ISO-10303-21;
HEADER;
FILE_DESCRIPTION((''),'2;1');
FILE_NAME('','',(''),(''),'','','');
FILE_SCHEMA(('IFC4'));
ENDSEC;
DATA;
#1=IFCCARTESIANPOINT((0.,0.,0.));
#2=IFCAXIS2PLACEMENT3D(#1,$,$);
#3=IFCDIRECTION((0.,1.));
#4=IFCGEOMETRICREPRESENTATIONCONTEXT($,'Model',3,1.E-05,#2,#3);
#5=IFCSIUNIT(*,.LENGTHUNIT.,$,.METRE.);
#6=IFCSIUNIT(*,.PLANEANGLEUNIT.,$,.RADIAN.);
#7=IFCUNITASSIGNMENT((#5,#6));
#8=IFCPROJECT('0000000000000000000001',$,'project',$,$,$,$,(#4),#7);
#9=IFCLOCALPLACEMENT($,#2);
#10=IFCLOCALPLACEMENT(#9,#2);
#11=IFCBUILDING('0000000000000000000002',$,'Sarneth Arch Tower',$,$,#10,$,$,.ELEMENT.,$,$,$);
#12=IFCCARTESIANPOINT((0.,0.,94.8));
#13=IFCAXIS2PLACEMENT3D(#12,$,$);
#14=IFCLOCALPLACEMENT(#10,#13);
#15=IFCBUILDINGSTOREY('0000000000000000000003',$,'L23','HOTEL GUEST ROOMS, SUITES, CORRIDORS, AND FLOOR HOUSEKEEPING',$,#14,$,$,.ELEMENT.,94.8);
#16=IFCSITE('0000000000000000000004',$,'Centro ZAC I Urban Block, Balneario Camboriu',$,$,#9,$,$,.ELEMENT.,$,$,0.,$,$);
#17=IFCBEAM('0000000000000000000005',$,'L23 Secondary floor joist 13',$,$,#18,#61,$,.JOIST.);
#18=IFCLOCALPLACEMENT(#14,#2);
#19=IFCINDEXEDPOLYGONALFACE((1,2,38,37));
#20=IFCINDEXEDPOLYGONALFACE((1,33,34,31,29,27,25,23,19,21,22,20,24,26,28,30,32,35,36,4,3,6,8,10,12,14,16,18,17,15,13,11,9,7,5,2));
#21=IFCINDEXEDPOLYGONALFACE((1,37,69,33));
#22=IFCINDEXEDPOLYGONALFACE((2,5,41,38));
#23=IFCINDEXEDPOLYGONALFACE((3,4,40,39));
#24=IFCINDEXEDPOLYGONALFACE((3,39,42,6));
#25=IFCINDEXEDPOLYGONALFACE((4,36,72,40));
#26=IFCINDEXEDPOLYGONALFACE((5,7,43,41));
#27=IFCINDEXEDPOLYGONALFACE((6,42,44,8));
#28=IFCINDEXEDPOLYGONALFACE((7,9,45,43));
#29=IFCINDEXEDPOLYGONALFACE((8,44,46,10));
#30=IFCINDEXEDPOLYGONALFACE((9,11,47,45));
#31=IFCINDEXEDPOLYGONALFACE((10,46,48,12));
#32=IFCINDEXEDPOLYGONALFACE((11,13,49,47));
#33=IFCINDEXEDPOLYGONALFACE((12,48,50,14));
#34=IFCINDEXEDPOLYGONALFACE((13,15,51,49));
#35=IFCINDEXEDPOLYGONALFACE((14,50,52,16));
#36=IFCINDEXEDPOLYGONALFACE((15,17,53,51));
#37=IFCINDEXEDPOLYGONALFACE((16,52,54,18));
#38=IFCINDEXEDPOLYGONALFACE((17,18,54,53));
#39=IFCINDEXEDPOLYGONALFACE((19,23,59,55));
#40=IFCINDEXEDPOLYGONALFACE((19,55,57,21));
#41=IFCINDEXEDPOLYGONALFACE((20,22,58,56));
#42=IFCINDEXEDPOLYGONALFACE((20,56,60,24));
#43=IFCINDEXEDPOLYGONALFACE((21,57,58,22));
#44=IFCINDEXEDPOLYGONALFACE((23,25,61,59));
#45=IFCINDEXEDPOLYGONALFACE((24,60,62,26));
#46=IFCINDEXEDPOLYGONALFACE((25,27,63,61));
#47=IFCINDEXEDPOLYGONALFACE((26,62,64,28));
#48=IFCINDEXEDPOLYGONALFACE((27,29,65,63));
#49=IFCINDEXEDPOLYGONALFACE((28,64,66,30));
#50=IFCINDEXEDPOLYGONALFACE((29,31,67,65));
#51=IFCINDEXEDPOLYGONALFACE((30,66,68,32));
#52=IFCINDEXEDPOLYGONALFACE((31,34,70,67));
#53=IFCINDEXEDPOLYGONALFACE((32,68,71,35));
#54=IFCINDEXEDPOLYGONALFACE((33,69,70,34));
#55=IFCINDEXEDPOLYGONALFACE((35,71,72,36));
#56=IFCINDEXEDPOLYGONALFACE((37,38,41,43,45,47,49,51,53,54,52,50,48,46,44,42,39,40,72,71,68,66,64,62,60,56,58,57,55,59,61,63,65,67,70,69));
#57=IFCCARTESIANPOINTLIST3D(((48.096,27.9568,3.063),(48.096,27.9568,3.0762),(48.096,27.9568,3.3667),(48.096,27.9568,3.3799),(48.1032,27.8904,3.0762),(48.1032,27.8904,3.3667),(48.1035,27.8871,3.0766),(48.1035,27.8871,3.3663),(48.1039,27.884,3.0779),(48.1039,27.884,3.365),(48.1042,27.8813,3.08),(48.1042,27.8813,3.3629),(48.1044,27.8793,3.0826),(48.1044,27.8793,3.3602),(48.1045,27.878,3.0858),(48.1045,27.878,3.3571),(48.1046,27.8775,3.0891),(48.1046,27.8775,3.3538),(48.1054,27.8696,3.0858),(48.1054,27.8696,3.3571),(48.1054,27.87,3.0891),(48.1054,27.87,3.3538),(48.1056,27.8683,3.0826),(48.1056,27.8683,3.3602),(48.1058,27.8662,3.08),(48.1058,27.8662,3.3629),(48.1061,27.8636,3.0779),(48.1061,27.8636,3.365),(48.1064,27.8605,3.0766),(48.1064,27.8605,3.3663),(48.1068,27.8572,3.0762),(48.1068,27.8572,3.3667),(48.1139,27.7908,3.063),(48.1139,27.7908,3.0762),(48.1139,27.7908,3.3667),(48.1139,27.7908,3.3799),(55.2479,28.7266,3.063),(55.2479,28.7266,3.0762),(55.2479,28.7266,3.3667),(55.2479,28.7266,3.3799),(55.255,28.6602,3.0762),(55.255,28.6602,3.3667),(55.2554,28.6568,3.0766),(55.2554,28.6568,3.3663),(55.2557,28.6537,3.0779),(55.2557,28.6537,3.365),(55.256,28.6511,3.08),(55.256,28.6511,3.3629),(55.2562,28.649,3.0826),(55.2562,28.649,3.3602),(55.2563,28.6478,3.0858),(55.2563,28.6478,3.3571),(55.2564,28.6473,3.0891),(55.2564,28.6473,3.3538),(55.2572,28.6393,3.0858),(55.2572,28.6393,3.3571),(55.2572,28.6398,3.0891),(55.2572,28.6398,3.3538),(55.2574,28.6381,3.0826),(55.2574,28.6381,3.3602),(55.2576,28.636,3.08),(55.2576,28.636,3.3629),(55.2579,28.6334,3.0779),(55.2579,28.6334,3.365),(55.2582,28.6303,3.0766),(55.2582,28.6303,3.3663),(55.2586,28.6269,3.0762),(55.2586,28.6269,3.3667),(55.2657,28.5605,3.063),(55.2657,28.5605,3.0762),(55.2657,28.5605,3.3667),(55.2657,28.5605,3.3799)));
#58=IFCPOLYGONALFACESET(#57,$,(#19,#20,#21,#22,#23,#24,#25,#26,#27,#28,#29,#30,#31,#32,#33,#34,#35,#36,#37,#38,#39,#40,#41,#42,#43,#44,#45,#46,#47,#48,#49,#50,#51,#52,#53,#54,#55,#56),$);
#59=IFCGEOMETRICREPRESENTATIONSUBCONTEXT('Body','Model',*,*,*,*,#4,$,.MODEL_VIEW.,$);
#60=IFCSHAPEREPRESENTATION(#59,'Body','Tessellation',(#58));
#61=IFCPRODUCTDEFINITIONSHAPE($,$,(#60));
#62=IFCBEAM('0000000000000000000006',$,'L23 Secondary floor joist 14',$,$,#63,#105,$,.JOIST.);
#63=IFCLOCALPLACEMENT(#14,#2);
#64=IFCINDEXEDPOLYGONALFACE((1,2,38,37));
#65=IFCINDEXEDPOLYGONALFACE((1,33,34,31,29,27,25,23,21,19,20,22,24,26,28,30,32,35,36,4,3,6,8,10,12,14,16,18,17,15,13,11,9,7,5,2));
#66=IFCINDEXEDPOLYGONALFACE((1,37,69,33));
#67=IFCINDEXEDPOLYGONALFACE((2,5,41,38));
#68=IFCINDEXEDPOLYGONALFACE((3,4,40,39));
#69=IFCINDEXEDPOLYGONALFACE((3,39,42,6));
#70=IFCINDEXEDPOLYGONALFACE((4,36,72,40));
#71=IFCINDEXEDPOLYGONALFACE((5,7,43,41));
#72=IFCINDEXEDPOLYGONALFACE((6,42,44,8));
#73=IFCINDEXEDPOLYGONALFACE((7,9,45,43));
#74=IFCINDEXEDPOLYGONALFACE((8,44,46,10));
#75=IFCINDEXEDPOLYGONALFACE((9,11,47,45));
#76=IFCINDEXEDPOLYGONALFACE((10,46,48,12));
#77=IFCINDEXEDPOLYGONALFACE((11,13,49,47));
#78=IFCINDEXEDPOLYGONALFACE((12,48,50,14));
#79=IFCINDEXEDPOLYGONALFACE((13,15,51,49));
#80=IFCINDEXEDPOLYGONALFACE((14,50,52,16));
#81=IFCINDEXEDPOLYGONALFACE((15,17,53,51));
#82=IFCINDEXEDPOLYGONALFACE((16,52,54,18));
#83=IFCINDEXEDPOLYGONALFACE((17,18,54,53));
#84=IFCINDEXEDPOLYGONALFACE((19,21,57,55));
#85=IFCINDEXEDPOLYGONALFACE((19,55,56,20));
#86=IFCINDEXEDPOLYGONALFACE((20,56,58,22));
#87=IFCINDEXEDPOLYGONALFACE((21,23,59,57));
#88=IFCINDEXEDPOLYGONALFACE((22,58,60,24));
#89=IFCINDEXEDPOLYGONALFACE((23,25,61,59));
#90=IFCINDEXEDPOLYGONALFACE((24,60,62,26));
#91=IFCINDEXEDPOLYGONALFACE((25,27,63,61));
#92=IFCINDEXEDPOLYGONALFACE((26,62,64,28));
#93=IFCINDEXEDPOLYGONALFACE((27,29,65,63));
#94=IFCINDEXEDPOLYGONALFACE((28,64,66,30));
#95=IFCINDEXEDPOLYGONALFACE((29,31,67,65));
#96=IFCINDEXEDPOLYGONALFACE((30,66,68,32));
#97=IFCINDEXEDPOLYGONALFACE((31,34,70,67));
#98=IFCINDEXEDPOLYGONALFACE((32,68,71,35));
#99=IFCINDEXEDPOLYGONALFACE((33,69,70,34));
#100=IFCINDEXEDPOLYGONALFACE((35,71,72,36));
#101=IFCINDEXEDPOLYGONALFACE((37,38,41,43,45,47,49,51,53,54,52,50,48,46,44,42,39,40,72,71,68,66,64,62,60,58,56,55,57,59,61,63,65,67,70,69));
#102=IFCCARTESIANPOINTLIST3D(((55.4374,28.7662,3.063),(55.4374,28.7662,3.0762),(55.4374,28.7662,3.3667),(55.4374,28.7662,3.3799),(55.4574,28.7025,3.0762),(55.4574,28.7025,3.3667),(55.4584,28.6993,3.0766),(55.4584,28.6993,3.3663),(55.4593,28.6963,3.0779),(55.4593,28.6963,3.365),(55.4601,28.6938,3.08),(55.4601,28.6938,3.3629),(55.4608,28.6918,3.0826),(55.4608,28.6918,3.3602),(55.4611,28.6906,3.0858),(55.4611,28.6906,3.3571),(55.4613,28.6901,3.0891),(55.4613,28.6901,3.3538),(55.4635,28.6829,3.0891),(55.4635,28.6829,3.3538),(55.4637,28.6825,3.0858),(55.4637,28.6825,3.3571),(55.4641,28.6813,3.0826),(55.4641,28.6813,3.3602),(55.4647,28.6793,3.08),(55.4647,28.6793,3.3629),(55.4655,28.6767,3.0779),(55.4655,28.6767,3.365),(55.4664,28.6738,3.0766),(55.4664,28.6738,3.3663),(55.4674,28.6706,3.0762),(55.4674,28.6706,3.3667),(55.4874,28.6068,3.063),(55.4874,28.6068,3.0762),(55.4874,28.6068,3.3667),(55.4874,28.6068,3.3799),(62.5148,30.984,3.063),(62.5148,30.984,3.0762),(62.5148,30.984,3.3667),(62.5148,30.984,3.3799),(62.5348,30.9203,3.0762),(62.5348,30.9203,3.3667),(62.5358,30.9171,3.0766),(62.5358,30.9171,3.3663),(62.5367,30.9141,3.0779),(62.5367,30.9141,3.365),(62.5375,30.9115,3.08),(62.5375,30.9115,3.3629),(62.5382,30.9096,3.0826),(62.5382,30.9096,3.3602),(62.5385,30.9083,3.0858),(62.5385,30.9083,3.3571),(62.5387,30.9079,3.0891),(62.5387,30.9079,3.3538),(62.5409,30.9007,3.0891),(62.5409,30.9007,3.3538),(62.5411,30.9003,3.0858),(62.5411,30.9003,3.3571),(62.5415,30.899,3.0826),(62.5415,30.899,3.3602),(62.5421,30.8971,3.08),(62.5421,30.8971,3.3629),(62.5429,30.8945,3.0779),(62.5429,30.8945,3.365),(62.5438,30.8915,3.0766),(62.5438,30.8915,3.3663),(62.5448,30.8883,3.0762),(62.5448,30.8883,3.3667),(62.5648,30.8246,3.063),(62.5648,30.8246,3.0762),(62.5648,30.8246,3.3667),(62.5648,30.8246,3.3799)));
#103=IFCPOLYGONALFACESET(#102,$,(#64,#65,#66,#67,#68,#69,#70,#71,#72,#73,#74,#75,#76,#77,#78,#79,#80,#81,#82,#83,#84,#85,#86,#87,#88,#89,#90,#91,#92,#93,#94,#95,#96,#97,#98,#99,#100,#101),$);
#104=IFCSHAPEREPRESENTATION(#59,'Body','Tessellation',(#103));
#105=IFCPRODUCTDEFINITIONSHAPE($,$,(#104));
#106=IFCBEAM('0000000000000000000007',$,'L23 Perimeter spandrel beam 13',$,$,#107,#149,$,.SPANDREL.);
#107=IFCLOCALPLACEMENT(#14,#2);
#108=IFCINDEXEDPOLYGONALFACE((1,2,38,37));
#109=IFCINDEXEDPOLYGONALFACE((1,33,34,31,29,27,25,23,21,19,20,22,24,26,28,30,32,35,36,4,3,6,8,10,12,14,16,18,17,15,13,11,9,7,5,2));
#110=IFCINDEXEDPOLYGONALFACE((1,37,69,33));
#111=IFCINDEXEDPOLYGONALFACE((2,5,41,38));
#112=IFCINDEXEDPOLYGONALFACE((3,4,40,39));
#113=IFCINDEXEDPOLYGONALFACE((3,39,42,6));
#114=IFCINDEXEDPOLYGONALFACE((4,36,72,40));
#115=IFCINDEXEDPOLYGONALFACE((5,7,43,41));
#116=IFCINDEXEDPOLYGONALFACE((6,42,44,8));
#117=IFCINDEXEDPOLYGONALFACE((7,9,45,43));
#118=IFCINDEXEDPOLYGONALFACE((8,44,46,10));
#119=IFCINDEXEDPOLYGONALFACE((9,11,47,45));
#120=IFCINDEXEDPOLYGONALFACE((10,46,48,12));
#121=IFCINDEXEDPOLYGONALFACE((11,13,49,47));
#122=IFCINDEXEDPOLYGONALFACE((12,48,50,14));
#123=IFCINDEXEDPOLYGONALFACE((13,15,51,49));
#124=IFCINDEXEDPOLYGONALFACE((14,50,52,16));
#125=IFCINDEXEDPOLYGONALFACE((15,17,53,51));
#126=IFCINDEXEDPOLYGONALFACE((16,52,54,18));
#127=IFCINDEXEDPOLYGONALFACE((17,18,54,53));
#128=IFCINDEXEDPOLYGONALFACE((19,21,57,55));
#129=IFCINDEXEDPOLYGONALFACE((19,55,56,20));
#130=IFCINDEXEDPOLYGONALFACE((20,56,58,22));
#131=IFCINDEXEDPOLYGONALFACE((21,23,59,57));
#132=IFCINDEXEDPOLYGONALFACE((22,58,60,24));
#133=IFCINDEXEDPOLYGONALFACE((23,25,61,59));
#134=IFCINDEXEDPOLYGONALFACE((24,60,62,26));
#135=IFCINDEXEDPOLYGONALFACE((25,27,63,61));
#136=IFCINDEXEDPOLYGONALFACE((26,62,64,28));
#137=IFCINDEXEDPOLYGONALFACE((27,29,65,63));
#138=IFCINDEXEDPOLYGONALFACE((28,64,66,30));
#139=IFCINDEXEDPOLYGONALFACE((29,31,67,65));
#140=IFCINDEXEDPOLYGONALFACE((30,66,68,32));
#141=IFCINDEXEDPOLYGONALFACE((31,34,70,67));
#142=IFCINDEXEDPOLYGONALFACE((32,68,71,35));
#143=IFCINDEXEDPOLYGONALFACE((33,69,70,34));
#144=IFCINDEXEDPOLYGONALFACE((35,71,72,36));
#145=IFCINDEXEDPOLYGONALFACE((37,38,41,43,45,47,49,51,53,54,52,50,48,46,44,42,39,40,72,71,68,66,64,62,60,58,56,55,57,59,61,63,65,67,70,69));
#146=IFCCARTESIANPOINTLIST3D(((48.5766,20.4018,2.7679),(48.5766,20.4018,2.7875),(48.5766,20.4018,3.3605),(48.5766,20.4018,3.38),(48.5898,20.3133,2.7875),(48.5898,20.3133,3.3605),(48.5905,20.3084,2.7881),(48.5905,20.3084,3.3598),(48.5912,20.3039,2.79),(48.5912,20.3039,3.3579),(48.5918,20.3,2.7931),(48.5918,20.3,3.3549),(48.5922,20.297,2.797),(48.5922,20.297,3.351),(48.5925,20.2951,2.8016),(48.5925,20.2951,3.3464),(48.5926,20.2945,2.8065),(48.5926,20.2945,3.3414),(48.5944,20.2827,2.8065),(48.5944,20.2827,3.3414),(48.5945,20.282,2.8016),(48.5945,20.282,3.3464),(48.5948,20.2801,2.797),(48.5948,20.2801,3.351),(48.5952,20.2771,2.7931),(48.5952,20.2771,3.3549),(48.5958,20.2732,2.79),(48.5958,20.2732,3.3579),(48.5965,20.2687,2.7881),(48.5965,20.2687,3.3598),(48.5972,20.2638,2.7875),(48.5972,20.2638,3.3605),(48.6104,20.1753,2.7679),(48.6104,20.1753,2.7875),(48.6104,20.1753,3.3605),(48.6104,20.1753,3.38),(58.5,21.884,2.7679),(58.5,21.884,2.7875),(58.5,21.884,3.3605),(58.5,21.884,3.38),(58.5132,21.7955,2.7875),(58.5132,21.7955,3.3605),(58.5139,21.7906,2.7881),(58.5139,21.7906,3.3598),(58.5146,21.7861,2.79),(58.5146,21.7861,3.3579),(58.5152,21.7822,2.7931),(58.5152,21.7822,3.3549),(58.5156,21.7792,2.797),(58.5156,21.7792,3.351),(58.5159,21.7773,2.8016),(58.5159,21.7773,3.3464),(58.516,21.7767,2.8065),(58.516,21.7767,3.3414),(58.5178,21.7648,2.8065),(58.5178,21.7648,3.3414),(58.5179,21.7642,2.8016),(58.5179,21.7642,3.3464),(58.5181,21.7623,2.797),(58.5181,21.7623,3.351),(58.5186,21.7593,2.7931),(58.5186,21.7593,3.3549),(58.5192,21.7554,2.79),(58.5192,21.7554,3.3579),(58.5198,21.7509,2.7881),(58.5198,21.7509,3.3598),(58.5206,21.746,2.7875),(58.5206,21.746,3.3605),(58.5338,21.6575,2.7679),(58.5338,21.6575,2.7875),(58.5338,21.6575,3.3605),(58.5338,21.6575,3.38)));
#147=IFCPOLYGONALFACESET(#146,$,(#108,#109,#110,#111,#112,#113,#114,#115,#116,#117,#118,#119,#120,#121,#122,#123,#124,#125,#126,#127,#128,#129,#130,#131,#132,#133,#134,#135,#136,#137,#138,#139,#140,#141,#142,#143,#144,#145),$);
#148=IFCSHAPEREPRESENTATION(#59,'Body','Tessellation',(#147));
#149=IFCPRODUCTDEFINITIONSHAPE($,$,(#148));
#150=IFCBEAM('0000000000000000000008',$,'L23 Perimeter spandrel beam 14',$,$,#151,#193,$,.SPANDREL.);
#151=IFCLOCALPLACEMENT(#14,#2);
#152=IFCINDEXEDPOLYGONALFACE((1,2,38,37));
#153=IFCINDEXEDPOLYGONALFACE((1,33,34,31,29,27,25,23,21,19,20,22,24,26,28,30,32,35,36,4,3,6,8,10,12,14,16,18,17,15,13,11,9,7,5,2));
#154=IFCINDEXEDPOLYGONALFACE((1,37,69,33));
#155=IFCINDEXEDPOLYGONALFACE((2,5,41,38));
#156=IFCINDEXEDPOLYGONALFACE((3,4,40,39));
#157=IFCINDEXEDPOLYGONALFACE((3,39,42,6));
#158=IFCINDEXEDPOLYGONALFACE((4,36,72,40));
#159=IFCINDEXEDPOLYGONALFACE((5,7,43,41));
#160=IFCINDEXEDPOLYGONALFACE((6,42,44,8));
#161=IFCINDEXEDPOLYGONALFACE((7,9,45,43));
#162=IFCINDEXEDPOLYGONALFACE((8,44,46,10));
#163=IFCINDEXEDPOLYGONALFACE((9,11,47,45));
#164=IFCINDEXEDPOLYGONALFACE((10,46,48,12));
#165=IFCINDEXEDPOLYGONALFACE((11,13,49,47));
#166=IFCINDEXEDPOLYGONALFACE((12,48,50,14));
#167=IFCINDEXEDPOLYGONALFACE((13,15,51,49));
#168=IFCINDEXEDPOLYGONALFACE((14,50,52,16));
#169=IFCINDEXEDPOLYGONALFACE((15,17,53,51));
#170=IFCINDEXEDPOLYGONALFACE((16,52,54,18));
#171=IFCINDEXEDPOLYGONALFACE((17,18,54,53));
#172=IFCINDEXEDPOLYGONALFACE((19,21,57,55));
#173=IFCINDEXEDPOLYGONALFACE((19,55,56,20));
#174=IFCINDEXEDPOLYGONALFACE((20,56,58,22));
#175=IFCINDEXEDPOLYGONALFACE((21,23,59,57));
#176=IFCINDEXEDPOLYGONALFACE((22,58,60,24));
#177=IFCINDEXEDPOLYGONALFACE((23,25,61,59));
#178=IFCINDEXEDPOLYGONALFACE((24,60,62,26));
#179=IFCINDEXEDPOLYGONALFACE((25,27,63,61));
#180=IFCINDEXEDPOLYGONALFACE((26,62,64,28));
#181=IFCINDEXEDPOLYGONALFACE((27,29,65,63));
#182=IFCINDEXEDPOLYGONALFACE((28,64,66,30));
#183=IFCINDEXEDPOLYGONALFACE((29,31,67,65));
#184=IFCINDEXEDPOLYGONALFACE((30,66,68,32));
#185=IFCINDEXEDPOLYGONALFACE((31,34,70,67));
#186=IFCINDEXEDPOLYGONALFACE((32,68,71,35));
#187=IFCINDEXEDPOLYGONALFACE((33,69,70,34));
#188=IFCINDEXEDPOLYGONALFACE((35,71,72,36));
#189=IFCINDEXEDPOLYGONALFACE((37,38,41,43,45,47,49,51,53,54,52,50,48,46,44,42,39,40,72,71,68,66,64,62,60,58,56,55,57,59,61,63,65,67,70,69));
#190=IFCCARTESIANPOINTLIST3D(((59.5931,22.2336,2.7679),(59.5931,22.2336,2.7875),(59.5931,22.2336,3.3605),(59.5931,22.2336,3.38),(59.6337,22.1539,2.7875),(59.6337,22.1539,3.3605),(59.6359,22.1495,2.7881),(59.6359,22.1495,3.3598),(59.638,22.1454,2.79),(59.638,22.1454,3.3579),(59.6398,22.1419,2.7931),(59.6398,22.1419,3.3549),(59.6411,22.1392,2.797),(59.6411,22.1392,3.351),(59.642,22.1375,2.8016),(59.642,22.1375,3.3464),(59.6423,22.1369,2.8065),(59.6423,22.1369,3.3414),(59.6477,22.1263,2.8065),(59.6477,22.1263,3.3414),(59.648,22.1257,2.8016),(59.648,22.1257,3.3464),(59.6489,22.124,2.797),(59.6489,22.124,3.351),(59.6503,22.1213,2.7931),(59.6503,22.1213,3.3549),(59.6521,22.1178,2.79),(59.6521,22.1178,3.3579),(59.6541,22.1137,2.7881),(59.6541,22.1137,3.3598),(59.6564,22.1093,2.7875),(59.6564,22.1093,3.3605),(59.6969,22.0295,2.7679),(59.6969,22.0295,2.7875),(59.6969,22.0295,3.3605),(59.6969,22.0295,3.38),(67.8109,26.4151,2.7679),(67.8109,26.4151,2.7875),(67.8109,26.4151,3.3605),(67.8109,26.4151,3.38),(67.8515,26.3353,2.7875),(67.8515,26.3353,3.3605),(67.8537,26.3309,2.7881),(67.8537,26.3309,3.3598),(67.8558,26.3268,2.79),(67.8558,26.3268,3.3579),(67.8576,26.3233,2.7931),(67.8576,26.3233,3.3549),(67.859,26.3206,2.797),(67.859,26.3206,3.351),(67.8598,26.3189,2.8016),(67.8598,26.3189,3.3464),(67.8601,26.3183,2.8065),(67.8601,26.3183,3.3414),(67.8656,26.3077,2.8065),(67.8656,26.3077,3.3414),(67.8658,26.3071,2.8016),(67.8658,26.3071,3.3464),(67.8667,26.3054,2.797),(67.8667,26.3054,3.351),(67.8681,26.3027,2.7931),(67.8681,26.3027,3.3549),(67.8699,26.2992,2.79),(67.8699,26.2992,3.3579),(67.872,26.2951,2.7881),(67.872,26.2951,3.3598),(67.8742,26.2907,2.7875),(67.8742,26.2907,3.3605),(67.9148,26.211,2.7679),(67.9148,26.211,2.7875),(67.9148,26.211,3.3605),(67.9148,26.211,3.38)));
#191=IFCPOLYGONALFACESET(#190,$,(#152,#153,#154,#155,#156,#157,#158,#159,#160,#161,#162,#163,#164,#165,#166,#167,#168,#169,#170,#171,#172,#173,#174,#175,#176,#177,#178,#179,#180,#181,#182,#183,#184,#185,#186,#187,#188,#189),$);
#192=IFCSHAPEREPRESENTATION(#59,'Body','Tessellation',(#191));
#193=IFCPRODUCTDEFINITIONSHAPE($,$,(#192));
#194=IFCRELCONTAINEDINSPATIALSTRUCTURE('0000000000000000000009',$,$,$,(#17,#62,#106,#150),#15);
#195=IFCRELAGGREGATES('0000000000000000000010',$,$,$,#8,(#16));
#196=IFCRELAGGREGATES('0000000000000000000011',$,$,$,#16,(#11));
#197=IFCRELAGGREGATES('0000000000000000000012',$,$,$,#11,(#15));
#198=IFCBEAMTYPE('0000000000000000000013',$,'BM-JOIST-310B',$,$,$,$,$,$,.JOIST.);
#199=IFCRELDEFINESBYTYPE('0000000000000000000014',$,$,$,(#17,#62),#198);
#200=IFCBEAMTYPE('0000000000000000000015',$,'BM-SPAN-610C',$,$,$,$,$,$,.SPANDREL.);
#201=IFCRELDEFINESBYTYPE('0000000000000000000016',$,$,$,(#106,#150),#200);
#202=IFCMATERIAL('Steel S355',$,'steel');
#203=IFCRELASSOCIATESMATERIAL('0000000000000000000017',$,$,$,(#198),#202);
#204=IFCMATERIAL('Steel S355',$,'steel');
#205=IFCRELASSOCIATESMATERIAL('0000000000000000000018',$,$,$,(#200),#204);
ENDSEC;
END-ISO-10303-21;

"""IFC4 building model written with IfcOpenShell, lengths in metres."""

from ifc_helpers import new_model, si_unit, direction, frame, origin, origin_2d, place, context, subcontext, project, spatial, i_section, extrude, material, material_profile, profile_set, type_object, element, save


model = new_model("IFC4")

# Units and contexts
model_context = context("Model", 3, precision=1e-05, world=origin(), true_north=direction((0.0, 1.0)))
body_context = subcontext(model_context, "Body", "Model", "MODEL_VIEW")
ifc_project = project(units=[si_unit("LENGTHUNIT", "METRE"), si_unit("PLANEANGLEUNIT", "RADIAN")], contexts=[model_context])

# Site, building, storey
site_placement = place(None, origin())
site = spatial("IfcSite", under=ifc_project, at=site_placement, Name="Centro ZAC I Urban Block, Balneario Camboriu", CompositionType="ELEMENT", RefElevation=0.0)
building_placement = place(site_placement, origin())
building = spatial("IfcBuilding", under=site, at=building_placement, Name="Sarneth Arch Tower", CompositionType="ELEMENT")
storey_placement = place(building_placement, frame((0.0, 0.0, 94.8)))
storey = spatial("IfcBuildingStorey", under=building, at=storey_placement, Name="L23", Description="HOTEL GUEST ROOMS, SUITES, CORRIDORS, AND FLOOR HOUSEKEEPING", CompositionType="ELEMENT", Elevation=94.8)

# Beams
ifc_material_1 = material(Name="Steel S355", Category="steel")
ifc_material_profile_1 = material_profile(ifc_material_1, i_section(OverallWidth=0.167, OverallDepth=0.3169, WebThickness=0.0076, FlangeThickness=0.0132, FilletRadius=0.0129, at=origin_2d()), Name="W310x52")
ifc_profile_set_1 = profile_set([ifc_material_profile_1], Name="Steel S355")
beam_type_1 = type_object("IfcBeamType", Name="BM-JOIST-310B", PredefinedType="JOIST", material=ifc_profile_set_1)
beam_1_placement = place(storey_placement, frame((48.105, 27.8738, 3.2214), z_axis=(0.994257, 0.107015, 0.0), x_axis=(-0.107015, 0.994257, 0.0)))
element("IfcBeam", 1, at=beam_1_placement, inside=storey, type_object=beam_type_1, Name="L23 Secondary floor joist 13", PredefinedType="JOIST", context=body_context, shape_type="SweptSolid", body=[
    extrude(i_section(OverallWidth=0.167, OverallDepth=0.3169, WebThickness=0.0076, FlangeThickness=0.0132, FilletRadius=0.0129, at=origin_2d()), origin(), (0.0, 0.0, 1.0), 7.1931),
])
beam_2_placement = place(storey_placement, frame((55.4624, 28.6865, 3.2214), z_axis=(0.954246, 0.299023, 0.0), x_axis=(-0.299023, 0.954246, 0.0)))
element("IfcBeam", 2, at=beam_2_placement, inside=storey, type_object=beam_type_1, Name="L23 Secondary floor joist 14", PredefinedType="JOIST", context=body_context, shape_type="SweptSolid", body=[
    extrude(i_section(OverallWidth=0.167, OverallDepth=0.3169, WebThickness=0.0076, FlangeThickness=0.0132, FilletRadius=0.0129, at=origin_2d()), origin(), (0.0, 0.0, 1.0), 7.4167),
])
ifc_material_2 = material(Name="Steel S355", Category="steel")
ifc_material_profile_2 = material_profile(ifc_material_2, i_section(OverallWidth=0.229, OverallDepth=0.6121, WebThickness=0.012, FlangeThickness=0.0195, FilletRadius=0.019, at=origin_2d()), Name="W610x125")
ifc_profile_set_2 = profile_set([ifc_material_profile_2], Name="Steel S355")
beam_type_2 = type_object("IfcBeamType", Name="BM-SPAN-610C", PredefinedType="SPANDREL", material=ifc_profile_set_2)
beam_3_placement = place(storey_placement, frame((48.5935, 20.2886, 3.074), z_axis=(0.989029, 0.147724, 0.0), x_axis=(-0.147724, 0.989029, 0.0)))
element("IfcBeam", 3, at=beam_3_placement, inside=storey, type_object=beam_type_2, Name="L23 Perimeter spandrel beam 13", PredefinedType="SPANDREL", context=body_context, shape_type="SweptSolid", body=[
    extrude(i_section(OverallWidth=0.229, OverallDepth=0.6121, WebThickness=0.012, FlangeThickness=0.0195, FilletRadius=0.019, at=origin_2d()), origin(), (0.0, 0.0, 1.0), 10.0334),
])
beam_4_placement = place(storey_placement, frame((59.645, 22.1316, 3.074), z_axis=(0.891259, 0.453494, 0.0), x_axis=(-0.453494, 0.891259, 0.0)))
element("IfcBeam", 4, at=beam_4_placement, inside=storey, type_object=beam_type_2, Name="L23 Perimeter spandrel beam 14", PredefinedType="SPANDREL", context=body_context, shape_type="SweptSolid", body=[
    extrude(i_section(OverallWidth=0.229, OverallDepth=0.6121, WebThickness=0.012, FlangeThickness=0.0195, FilletRadius=0.019, at=origin_2d()), origin(), (0.0, 0.0, 1.0), 9.2205),
])

save(model, "model.ifc")
